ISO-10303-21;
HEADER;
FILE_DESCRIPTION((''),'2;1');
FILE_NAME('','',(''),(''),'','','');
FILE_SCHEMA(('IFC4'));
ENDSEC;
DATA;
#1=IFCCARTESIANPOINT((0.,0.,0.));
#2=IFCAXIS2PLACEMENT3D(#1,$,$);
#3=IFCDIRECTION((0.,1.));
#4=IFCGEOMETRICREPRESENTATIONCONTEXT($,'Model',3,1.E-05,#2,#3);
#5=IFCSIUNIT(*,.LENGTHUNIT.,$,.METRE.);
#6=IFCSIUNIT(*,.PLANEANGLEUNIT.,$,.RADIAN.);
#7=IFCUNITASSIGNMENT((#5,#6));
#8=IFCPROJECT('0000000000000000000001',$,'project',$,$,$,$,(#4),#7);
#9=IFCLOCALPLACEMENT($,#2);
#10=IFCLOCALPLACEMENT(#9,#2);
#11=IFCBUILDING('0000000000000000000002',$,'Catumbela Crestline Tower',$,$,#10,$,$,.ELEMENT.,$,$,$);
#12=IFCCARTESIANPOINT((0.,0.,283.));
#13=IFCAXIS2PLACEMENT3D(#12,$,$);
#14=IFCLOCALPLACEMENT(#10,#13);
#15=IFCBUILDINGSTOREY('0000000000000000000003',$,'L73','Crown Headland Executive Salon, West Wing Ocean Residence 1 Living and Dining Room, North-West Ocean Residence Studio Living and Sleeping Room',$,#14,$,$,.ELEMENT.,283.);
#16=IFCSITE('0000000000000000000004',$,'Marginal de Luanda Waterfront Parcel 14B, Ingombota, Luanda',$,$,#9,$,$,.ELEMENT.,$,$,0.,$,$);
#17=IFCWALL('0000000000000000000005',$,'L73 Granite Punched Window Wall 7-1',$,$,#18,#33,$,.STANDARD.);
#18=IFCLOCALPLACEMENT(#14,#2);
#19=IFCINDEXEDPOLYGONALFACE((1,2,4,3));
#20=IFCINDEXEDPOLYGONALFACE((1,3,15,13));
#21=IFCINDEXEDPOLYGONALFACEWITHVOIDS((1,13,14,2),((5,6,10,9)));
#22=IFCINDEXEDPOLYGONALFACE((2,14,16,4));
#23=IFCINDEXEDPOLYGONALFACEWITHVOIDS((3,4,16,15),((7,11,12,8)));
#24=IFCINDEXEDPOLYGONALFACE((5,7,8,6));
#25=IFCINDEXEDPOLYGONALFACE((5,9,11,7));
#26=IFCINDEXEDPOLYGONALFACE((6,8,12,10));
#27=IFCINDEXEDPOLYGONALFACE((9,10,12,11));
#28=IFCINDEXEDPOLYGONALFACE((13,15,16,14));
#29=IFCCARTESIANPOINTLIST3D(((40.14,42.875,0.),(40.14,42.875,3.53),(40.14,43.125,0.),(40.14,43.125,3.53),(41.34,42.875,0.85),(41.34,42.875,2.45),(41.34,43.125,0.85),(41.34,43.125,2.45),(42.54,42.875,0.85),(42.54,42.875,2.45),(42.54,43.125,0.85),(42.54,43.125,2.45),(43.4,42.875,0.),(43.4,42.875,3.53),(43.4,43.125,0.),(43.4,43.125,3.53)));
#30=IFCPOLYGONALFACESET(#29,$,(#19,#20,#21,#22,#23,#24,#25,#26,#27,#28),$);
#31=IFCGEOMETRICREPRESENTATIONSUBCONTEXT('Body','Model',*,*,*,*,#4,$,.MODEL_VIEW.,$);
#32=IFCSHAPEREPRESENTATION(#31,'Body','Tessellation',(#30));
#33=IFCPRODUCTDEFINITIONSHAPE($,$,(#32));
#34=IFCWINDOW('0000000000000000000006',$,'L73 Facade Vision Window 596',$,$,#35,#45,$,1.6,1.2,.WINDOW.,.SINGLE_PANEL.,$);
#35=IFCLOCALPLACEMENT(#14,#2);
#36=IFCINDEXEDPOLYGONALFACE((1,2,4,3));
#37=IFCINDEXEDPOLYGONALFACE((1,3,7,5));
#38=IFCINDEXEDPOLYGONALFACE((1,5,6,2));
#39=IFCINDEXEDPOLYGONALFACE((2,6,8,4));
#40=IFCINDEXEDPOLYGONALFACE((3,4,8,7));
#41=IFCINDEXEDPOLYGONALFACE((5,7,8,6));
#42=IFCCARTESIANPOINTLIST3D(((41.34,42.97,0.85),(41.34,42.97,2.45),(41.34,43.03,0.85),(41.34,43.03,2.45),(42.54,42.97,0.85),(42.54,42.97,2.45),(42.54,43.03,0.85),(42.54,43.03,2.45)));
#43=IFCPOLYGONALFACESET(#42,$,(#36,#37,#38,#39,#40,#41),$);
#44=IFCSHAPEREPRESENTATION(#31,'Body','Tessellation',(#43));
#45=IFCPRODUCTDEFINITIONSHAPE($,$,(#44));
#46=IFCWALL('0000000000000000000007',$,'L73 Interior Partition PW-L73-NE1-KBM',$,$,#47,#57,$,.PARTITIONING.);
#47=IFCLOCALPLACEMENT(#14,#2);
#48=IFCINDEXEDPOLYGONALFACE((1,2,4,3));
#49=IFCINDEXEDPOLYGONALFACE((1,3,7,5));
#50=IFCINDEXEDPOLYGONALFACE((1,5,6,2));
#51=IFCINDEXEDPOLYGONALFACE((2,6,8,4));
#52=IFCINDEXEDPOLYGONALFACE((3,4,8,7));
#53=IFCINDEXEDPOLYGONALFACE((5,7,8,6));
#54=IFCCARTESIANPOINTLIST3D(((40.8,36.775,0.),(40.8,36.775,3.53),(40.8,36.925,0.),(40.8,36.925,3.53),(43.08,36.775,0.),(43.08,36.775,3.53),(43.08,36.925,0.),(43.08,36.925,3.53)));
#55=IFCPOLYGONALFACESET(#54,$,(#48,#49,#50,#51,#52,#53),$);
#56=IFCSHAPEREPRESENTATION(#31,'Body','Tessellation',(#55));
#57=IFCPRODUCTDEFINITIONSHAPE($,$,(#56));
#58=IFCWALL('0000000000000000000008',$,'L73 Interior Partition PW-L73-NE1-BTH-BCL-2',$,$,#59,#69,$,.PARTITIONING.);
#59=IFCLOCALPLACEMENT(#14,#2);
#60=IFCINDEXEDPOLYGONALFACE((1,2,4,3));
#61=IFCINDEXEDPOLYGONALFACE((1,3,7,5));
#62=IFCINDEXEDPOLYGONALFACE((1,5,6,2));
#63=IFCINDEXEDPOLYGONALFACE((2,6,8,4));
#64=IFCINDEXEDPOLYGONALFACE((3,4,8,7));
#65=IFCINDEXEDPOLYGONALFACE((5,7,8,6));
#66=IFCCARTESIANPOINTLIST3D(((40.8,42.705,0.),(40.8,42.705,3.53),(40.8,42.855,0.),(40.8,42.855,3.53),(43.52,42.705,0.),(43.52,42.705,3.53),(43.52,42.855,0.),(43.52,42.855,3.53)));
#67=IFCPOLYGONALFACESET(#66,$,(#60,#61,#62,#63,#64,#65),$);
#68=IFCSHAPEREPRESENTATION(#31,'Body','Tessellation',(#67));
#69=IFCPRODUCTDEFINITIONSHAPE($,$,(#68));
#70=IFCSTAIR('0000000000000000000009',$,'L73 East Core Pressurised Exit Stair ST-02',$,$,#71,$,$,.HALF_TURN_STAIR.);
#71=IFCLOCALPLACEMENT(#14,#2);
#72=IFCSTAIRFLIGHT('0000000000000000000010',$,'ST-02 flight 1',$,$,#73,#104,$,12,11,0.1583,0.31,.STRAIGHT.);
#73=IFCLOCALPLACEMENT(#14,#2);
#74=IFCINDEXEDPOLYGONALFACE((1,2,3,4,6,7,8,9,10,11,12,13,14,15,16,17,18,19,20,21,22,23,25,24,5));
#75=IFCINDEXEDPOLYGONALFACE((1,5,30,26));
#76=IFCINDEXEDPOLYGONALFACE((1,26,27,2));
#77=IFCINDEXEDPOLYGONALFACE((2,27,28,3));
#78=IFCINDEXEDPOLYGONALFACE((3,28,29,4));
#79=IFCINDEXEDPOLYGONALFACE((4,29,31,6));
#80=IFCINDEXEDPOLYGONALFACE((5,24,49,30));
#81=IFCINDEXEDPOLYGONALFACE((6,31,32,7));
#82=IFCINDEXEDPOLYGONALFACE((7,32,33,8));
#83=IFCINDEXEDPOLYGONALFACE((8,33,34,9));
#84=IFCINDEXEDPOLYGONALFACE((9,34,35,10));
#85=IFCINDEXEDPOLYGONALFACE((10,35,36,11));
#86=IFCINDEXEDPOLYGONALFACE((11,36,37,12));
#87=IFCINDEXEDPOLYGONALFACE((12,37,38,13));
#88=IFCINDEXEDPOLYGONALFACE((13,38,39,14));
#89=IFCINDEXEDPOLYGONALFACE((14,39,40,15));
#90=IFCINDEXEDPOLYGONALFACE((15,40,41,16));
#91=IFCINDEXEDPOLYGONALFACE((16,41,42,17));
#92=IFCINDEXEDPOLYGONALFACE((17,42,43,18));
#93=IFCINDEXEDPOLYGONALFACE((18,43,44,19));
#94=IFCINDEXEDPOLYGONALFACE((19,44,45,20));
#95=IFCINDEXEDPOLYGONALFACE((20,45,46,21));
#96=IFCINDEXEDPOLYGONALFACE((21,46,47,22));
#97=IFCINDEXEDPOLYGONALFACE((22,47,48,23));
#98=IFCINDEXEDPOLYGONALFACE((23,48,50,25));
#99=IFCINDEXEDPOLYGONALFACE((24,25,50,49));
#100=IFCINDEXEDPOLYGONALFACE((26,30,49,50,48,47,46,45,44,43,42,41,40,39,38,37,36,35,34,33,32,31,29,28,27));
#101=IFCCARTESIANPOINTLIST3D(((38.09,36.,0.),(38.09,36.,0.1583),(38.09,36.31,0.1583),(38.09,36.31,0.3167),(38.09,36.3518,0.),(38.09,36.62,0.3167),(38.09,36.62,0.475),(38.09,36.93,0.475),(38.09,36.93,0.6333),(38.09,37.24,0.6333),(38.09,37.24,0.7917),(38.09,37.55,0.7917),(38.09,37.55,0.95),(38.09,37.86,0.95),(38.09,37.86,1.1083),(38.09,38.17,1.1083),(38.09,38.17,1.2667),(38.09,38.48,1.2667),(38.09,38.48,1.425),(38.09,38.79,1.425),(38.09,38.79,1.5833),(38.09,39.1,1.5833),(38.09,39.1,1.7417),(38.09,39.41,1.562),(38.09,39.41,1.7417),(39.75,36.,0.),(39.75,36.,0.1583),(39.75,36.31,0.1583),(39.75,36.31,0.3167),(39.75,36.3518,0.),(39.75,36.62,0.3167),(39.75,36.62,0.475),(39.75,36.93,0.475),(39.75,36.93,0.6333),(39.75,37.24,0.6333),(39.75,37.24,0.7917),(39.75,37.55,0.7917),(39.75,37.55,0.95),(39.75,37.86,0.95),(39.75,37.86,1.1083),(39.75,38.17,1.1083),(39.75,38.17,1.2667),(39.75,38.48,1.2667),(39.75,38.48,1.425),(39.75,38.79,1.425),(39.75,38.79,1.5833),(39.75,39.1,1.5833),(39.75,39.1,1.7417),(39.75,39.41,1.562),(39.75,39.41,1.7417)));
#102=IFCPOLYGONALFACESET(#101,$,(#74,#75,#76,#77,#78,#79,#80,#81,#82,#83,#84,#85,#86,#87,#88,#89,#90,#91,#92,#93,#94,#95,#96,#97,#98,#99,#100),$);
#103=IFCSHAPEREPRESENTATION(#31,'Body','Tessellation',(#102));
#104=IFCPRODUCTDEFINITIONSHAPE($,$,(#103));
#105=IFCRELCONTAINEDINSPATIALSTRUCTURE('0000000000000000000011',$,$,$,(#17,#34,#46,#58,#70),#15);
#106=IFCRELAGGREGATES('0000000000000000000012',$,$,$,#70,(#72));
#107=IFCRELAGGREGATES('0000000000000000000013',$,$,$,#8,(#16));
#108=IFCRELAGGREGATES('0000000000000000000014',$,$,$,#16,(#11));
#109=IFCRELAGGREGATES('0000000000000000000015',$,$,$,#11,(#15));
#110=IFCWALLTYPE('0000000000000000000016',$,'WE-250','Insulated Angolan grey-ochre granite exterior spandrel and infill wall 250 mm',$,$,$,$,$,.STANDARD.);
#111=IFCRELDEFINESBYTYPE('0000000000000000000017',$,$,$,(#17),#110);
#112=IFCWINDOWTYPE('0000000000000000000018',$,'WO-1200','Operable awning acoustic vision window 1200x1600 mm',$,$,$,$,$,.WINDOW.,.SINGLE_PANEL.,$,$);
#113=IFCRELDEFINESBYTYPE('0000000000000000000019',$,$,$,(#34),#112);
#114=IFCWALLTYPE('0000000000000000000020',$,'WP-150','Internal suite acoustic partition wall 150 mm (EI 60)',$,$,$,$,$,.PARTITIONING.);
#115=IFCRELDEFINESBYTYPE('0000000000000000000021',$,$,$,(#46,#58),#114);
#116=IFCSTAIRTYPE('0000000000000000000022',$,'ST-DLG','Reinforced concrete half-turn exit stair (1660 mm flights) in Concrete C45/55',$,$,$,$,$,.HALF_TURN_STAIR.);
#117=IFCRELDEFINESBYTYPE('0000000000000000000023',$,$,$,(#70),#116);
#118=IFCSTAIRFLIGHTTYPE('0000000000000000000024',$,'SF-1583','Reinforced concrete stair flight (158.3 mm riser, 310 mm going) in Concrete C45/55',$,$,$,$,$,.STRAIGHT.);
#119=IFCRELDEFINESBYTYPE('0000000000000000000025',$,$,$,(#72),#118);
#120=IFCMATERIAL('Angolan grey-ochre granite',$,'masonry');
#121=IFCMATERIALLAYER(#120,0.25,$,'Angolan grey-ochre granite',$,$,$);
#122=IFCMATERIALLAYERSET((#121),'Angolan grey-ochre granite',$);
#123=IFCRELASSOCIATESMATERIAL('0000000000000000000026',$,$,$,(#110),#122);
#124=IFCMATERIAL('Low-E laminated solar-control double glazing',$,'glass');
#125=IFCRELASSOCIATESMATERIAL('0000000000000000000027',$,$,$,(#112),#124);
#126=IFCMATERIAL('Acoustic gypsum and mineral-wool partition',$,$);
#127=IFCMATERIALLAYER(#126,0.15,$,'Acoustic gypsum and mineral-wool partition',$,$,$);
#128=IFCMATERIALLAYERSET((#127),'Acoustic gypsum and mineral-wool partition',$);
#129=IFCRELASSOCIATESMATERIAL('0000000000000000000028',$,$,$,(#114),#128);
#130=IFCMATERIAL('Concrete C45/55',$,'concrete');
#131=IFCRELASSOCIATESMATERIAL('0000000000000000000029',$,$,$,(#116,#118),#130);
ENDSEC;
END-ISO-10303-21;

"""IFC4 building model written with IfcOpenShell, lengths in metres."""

from ifc_helpers import new_model, si_unit, direction, frame, frame_2d, origin, place, context, subcontext, project, spatial, polyline, rectangle, outline, extrude, material, layer, layer_set, type_object, element, fill, aggregate, save


model = new_model("IFC4")

# Units and contexts
model_context = context("Model", 3, precision=1e-05, world=origin(), true_north=direction((0.0, 1.0)))
body_context = subcontext(model_context, "Body", "Model", "MODEL_VIEW")
ifc_project = project(units=[si_unit("LENGTHUNIT", "METRE"), si_unit("PLANEANGLEUNIT", "RADIAN")], contexts=[model_context])

# Site, building, storey
site_placement = place(None, origin())
site = spatial("IfcSite", under=ifc_project, at=site_placement, Name="Marginal de Luanda Waterfront Parcel 14B, Ingombota, Luanda", CompositionType="ELEMENT", RefElevation=0.0)
building_placement = place(site_placement, origin())
building = spatial("IfcBuilding", under=site, at=building_placement, Name="Catumbela Crestline Tower", CompositionType="ELEMENT")
storey_placement = place(building_placement, frame((0.0, 0.0, 283.0)))
storey = spatial("IfcBuildingStorey", under=building, at=storey_placement, Name="L73", Description="Crown Headland Executive Salon, West Wing Ocean Residence 1 Living and Dining Room, North-West Ocean Residence Studio Living and Sleeping Room", CompositionType="ELEMENT", Elevation=283.0)

# Shared definitions
ifc_material_1 = material(Name="Concrete C45/55", Category="concrete")

# Shared definitions
ifc_material_2 = material(Name="Low-E laminated solar-control double glazing", Category="glass")

# Wall, opening, window
ifc_material_3 = material(Name="Angolan grey-ochre granite", Category="masonry")
ifc_layer_1 = layer(ifc_material_3, 0.25, Name="Angolan grey-ochre granite")
ifc_layer_set_1 = layer_set([ifc_layer_1], Name="Angolan grey-ochre granite")
wall_type_1 = type_object("IfcWallType", Name="WE-250", Description="Insulated Angolan grey-ochre granite exterior spandrel and infill wall 250 mm", PredefinedType="STANDARD", material=ifc_layer_set_1)
wall_1_placement = place(storey_placement, frame((43.4, 43.0, 0.0), z_axis=(0.0, 0.0, 1.0), x_axis=(-1.0, 0.0, 0.0)))
wall_1 = element("IfcWall", 1, at=wall_1_placement, inside=storey, type_object=wall_type_1, Name="L73 Granite Punched Window Wall 7-1", PredefinedType="STANDARD", context=body_context, shape_type="SweptSolid", body=[
    extrude(rectangle(XDim=3.26, YDim=0.25, at=frame_2d((1.63, 0.0))), origin(), (0.0, 0.0, 1.0), 3.53),
])
opening_1_placement = place(wall_1_placement, frame((0.86, 0.0, 0.85)))
opening_1 = element("IfcOpeningElement", 2, at=opening_1_placement, cuts=wall_1, PredefinedType="OPENING", context=body_context, shape_type="SweptSolid", body=[
    extrude(rectangle(XDim=1.2, YDim=1.6, at=frame_2d((0.6, 0.8))), frame((0.0, 0.135, 0.0), z_axis=(0.0, -1.0, 0.0), x_axis=(1.0, 0.0, 0.0)), (0.0, 0.0, 1.0), 0.27),
])
window_type_1 = type_object("IfcWindowType", Name="WO-1200", Description="Operable awning acoustic vision window 1200x1600 mm", PartitioningType="SINGLE_PANEL", PredefinedType="WINDOW", material=ifc_material_2)
window_1_placement = place(opening_1_placement, origin())
window_1 = element("IfcWindow", 3, at=window_1_placement, inside=storey, type_object=window_type_1, Name="L73 Facade Vision Window 596", OverallHeight=1.6, OverallWidth=1.2, PartitioningType="SINGLE_PANEL", PredefinedType="WINDOW", context=body_context, shape_type="SweptSolid", body=[
    extrude(rectangle(XDim=1.2, YDim=1.6, at=frame_2d((0.6, 0.8))), frame((0.0, 0.03, 0.0), z_axis=(0.0, -1.0, 0.0), x_axis=(1.0, 0.0, 0.0)), (0.0, 0.0, 1.0), 0.06),
])
fill(opening_1, window_1)

# Walls
ifc_material_4 = material(Name="Acoustic gypsum and mineral-wool partition")
ifc_layer_2 = layer(ifc_material_4, 0.15, Name="Acoustic gypsum and mineral-wool partition")
ifc_layer_set_2 = layer_set([ifc_layer_2], Name="Acoustic gypsum and mineral-wool partition")
wall_type_2 = type_object("IfcWallType", Name="WP-150", Description="Internal suite acoustic partition wall 150 mm (EI 60)", PredefinedType="PARTITIONING", material=ifc_layer_set_2)
wall_2_placement = place(storey_placement, frame((40.8, 36.85, 0.0), z_axis=(0.0, 0.0, 1.0), x_axis=(1.0, 0.0, 0.0)))
element("IfcWall", 4, at=wall_2_placement, inside=storey, type_object=wall_type_2, Name="L73 Interior Partition PW-L73-NE1-KBM", PredefinedType="PARTITIONING", context=body_context, shape_type="SweptSolid", body=[
    extrude(rectangle(XDim=2.28, YDim=0.15, at=frame_2d((1.14, 0.0))), origin(), (0.0, 0.0, 1.0), 3.53),
])
wall_3_placement = place(storey_placement, frame((40.8, 42.78, 0.0), z_axis=(0.0, 0.0, 1.0), x_axis=(1.0, 0.0, 0.0)))
element("IfcWall", 5, at=wall_3_placement, inside=storey, type_object=wall_type_2, Name="L73 Interior Partition PW-L73-NE1-BTH-BCL-2", PredefinedType="PARTITIONING", context=body_context, shape_type="SweptSolid", body=[
    extrude(rectangle(XDim=2.72, YDim=0.15, at=frame_2d((1.36, 0.0))), origin(), (0.0, 0.0, 1.0), 3.53),
])

# Stair, stair flight
stair_type = type_object("IfcStairType", Name="ST-DLG", Description="Reinforced concrete half-turn exit stair (1660 mm flights) in Concrete C45/55", PredefinedType="HALF_TURN_STAIR", material=ifc_material_1)
stair_placement = place(storey_placement, origin())
stair = element("IfcStair", 6, at=stair_placement, inside=storey, type_object=stair_type, Name="L73 East Core Pressurised Exit Stair ST-02", PredefinedType="HALF_TURN_STAIR")
stair_flight_type = type_object("IfcStairFlightType", Name="SF-1583", Description="Reinforced concrete stair flight (158.3 mm riser, 310 mm going) in Concrete C45/55", PredefinedType="STRAIGHT", material=ifc_material_1)
stair_flight_placement = place(storey_placement, frame((38.92, 36.0, 0.0), z_axis=(0.0, 0.0, 1.0), x_axis=(0.0, 1.0, 0.0)))
stair_flight = element("IfcStairFlight", 7, at=stair_flight_placement, type_object=stair_flight_type, Name="ST-02 flight 1", NumberOfRisers=12, NumberOfTreads=11, PredefinedType="STRAIGHT", RiserHeight=0.1583, TreadLength=0.31, context=body_context, shape_type="SweptSolid", body=[
    extrude(outline(polyline([(0.0, 0.0), (0.0, 0.1583), (0.31, 0.1583), (0.31, 0.3167), (0.62, 0.3167), (0.62, 0.475), (0.93, 0.475), (0.93, 0.6333), (1.24, 0.6333), (1.24, 0.7917), (1.55, 0.7917), (1.55, 0.95), (1.86, 0.95), (1.86, 1.1083), (2.17, 1.1083), (2.17, 1.2667), (2.48, 1.2667), (2.48, 1.425), (2.79, 1.425), (2.79, 1.5833), (3.1, 1.5833), (3.1, 1.7417), (3.41, 1.7417), (3.41, 1.9), (3.41, 1.562), (0.3518, 0.0), (0.0, 0.0)])), frame((0.0, 0.83, 0.0), z_axis=(0.0, -1.0, 0.0), x_axis=(1.0, 0.0, 0.0)), (0.0, 0.0, 1.0), 1.66),
])
aggregate(stair, [stair_flight])

save(model, "model.ifc")
